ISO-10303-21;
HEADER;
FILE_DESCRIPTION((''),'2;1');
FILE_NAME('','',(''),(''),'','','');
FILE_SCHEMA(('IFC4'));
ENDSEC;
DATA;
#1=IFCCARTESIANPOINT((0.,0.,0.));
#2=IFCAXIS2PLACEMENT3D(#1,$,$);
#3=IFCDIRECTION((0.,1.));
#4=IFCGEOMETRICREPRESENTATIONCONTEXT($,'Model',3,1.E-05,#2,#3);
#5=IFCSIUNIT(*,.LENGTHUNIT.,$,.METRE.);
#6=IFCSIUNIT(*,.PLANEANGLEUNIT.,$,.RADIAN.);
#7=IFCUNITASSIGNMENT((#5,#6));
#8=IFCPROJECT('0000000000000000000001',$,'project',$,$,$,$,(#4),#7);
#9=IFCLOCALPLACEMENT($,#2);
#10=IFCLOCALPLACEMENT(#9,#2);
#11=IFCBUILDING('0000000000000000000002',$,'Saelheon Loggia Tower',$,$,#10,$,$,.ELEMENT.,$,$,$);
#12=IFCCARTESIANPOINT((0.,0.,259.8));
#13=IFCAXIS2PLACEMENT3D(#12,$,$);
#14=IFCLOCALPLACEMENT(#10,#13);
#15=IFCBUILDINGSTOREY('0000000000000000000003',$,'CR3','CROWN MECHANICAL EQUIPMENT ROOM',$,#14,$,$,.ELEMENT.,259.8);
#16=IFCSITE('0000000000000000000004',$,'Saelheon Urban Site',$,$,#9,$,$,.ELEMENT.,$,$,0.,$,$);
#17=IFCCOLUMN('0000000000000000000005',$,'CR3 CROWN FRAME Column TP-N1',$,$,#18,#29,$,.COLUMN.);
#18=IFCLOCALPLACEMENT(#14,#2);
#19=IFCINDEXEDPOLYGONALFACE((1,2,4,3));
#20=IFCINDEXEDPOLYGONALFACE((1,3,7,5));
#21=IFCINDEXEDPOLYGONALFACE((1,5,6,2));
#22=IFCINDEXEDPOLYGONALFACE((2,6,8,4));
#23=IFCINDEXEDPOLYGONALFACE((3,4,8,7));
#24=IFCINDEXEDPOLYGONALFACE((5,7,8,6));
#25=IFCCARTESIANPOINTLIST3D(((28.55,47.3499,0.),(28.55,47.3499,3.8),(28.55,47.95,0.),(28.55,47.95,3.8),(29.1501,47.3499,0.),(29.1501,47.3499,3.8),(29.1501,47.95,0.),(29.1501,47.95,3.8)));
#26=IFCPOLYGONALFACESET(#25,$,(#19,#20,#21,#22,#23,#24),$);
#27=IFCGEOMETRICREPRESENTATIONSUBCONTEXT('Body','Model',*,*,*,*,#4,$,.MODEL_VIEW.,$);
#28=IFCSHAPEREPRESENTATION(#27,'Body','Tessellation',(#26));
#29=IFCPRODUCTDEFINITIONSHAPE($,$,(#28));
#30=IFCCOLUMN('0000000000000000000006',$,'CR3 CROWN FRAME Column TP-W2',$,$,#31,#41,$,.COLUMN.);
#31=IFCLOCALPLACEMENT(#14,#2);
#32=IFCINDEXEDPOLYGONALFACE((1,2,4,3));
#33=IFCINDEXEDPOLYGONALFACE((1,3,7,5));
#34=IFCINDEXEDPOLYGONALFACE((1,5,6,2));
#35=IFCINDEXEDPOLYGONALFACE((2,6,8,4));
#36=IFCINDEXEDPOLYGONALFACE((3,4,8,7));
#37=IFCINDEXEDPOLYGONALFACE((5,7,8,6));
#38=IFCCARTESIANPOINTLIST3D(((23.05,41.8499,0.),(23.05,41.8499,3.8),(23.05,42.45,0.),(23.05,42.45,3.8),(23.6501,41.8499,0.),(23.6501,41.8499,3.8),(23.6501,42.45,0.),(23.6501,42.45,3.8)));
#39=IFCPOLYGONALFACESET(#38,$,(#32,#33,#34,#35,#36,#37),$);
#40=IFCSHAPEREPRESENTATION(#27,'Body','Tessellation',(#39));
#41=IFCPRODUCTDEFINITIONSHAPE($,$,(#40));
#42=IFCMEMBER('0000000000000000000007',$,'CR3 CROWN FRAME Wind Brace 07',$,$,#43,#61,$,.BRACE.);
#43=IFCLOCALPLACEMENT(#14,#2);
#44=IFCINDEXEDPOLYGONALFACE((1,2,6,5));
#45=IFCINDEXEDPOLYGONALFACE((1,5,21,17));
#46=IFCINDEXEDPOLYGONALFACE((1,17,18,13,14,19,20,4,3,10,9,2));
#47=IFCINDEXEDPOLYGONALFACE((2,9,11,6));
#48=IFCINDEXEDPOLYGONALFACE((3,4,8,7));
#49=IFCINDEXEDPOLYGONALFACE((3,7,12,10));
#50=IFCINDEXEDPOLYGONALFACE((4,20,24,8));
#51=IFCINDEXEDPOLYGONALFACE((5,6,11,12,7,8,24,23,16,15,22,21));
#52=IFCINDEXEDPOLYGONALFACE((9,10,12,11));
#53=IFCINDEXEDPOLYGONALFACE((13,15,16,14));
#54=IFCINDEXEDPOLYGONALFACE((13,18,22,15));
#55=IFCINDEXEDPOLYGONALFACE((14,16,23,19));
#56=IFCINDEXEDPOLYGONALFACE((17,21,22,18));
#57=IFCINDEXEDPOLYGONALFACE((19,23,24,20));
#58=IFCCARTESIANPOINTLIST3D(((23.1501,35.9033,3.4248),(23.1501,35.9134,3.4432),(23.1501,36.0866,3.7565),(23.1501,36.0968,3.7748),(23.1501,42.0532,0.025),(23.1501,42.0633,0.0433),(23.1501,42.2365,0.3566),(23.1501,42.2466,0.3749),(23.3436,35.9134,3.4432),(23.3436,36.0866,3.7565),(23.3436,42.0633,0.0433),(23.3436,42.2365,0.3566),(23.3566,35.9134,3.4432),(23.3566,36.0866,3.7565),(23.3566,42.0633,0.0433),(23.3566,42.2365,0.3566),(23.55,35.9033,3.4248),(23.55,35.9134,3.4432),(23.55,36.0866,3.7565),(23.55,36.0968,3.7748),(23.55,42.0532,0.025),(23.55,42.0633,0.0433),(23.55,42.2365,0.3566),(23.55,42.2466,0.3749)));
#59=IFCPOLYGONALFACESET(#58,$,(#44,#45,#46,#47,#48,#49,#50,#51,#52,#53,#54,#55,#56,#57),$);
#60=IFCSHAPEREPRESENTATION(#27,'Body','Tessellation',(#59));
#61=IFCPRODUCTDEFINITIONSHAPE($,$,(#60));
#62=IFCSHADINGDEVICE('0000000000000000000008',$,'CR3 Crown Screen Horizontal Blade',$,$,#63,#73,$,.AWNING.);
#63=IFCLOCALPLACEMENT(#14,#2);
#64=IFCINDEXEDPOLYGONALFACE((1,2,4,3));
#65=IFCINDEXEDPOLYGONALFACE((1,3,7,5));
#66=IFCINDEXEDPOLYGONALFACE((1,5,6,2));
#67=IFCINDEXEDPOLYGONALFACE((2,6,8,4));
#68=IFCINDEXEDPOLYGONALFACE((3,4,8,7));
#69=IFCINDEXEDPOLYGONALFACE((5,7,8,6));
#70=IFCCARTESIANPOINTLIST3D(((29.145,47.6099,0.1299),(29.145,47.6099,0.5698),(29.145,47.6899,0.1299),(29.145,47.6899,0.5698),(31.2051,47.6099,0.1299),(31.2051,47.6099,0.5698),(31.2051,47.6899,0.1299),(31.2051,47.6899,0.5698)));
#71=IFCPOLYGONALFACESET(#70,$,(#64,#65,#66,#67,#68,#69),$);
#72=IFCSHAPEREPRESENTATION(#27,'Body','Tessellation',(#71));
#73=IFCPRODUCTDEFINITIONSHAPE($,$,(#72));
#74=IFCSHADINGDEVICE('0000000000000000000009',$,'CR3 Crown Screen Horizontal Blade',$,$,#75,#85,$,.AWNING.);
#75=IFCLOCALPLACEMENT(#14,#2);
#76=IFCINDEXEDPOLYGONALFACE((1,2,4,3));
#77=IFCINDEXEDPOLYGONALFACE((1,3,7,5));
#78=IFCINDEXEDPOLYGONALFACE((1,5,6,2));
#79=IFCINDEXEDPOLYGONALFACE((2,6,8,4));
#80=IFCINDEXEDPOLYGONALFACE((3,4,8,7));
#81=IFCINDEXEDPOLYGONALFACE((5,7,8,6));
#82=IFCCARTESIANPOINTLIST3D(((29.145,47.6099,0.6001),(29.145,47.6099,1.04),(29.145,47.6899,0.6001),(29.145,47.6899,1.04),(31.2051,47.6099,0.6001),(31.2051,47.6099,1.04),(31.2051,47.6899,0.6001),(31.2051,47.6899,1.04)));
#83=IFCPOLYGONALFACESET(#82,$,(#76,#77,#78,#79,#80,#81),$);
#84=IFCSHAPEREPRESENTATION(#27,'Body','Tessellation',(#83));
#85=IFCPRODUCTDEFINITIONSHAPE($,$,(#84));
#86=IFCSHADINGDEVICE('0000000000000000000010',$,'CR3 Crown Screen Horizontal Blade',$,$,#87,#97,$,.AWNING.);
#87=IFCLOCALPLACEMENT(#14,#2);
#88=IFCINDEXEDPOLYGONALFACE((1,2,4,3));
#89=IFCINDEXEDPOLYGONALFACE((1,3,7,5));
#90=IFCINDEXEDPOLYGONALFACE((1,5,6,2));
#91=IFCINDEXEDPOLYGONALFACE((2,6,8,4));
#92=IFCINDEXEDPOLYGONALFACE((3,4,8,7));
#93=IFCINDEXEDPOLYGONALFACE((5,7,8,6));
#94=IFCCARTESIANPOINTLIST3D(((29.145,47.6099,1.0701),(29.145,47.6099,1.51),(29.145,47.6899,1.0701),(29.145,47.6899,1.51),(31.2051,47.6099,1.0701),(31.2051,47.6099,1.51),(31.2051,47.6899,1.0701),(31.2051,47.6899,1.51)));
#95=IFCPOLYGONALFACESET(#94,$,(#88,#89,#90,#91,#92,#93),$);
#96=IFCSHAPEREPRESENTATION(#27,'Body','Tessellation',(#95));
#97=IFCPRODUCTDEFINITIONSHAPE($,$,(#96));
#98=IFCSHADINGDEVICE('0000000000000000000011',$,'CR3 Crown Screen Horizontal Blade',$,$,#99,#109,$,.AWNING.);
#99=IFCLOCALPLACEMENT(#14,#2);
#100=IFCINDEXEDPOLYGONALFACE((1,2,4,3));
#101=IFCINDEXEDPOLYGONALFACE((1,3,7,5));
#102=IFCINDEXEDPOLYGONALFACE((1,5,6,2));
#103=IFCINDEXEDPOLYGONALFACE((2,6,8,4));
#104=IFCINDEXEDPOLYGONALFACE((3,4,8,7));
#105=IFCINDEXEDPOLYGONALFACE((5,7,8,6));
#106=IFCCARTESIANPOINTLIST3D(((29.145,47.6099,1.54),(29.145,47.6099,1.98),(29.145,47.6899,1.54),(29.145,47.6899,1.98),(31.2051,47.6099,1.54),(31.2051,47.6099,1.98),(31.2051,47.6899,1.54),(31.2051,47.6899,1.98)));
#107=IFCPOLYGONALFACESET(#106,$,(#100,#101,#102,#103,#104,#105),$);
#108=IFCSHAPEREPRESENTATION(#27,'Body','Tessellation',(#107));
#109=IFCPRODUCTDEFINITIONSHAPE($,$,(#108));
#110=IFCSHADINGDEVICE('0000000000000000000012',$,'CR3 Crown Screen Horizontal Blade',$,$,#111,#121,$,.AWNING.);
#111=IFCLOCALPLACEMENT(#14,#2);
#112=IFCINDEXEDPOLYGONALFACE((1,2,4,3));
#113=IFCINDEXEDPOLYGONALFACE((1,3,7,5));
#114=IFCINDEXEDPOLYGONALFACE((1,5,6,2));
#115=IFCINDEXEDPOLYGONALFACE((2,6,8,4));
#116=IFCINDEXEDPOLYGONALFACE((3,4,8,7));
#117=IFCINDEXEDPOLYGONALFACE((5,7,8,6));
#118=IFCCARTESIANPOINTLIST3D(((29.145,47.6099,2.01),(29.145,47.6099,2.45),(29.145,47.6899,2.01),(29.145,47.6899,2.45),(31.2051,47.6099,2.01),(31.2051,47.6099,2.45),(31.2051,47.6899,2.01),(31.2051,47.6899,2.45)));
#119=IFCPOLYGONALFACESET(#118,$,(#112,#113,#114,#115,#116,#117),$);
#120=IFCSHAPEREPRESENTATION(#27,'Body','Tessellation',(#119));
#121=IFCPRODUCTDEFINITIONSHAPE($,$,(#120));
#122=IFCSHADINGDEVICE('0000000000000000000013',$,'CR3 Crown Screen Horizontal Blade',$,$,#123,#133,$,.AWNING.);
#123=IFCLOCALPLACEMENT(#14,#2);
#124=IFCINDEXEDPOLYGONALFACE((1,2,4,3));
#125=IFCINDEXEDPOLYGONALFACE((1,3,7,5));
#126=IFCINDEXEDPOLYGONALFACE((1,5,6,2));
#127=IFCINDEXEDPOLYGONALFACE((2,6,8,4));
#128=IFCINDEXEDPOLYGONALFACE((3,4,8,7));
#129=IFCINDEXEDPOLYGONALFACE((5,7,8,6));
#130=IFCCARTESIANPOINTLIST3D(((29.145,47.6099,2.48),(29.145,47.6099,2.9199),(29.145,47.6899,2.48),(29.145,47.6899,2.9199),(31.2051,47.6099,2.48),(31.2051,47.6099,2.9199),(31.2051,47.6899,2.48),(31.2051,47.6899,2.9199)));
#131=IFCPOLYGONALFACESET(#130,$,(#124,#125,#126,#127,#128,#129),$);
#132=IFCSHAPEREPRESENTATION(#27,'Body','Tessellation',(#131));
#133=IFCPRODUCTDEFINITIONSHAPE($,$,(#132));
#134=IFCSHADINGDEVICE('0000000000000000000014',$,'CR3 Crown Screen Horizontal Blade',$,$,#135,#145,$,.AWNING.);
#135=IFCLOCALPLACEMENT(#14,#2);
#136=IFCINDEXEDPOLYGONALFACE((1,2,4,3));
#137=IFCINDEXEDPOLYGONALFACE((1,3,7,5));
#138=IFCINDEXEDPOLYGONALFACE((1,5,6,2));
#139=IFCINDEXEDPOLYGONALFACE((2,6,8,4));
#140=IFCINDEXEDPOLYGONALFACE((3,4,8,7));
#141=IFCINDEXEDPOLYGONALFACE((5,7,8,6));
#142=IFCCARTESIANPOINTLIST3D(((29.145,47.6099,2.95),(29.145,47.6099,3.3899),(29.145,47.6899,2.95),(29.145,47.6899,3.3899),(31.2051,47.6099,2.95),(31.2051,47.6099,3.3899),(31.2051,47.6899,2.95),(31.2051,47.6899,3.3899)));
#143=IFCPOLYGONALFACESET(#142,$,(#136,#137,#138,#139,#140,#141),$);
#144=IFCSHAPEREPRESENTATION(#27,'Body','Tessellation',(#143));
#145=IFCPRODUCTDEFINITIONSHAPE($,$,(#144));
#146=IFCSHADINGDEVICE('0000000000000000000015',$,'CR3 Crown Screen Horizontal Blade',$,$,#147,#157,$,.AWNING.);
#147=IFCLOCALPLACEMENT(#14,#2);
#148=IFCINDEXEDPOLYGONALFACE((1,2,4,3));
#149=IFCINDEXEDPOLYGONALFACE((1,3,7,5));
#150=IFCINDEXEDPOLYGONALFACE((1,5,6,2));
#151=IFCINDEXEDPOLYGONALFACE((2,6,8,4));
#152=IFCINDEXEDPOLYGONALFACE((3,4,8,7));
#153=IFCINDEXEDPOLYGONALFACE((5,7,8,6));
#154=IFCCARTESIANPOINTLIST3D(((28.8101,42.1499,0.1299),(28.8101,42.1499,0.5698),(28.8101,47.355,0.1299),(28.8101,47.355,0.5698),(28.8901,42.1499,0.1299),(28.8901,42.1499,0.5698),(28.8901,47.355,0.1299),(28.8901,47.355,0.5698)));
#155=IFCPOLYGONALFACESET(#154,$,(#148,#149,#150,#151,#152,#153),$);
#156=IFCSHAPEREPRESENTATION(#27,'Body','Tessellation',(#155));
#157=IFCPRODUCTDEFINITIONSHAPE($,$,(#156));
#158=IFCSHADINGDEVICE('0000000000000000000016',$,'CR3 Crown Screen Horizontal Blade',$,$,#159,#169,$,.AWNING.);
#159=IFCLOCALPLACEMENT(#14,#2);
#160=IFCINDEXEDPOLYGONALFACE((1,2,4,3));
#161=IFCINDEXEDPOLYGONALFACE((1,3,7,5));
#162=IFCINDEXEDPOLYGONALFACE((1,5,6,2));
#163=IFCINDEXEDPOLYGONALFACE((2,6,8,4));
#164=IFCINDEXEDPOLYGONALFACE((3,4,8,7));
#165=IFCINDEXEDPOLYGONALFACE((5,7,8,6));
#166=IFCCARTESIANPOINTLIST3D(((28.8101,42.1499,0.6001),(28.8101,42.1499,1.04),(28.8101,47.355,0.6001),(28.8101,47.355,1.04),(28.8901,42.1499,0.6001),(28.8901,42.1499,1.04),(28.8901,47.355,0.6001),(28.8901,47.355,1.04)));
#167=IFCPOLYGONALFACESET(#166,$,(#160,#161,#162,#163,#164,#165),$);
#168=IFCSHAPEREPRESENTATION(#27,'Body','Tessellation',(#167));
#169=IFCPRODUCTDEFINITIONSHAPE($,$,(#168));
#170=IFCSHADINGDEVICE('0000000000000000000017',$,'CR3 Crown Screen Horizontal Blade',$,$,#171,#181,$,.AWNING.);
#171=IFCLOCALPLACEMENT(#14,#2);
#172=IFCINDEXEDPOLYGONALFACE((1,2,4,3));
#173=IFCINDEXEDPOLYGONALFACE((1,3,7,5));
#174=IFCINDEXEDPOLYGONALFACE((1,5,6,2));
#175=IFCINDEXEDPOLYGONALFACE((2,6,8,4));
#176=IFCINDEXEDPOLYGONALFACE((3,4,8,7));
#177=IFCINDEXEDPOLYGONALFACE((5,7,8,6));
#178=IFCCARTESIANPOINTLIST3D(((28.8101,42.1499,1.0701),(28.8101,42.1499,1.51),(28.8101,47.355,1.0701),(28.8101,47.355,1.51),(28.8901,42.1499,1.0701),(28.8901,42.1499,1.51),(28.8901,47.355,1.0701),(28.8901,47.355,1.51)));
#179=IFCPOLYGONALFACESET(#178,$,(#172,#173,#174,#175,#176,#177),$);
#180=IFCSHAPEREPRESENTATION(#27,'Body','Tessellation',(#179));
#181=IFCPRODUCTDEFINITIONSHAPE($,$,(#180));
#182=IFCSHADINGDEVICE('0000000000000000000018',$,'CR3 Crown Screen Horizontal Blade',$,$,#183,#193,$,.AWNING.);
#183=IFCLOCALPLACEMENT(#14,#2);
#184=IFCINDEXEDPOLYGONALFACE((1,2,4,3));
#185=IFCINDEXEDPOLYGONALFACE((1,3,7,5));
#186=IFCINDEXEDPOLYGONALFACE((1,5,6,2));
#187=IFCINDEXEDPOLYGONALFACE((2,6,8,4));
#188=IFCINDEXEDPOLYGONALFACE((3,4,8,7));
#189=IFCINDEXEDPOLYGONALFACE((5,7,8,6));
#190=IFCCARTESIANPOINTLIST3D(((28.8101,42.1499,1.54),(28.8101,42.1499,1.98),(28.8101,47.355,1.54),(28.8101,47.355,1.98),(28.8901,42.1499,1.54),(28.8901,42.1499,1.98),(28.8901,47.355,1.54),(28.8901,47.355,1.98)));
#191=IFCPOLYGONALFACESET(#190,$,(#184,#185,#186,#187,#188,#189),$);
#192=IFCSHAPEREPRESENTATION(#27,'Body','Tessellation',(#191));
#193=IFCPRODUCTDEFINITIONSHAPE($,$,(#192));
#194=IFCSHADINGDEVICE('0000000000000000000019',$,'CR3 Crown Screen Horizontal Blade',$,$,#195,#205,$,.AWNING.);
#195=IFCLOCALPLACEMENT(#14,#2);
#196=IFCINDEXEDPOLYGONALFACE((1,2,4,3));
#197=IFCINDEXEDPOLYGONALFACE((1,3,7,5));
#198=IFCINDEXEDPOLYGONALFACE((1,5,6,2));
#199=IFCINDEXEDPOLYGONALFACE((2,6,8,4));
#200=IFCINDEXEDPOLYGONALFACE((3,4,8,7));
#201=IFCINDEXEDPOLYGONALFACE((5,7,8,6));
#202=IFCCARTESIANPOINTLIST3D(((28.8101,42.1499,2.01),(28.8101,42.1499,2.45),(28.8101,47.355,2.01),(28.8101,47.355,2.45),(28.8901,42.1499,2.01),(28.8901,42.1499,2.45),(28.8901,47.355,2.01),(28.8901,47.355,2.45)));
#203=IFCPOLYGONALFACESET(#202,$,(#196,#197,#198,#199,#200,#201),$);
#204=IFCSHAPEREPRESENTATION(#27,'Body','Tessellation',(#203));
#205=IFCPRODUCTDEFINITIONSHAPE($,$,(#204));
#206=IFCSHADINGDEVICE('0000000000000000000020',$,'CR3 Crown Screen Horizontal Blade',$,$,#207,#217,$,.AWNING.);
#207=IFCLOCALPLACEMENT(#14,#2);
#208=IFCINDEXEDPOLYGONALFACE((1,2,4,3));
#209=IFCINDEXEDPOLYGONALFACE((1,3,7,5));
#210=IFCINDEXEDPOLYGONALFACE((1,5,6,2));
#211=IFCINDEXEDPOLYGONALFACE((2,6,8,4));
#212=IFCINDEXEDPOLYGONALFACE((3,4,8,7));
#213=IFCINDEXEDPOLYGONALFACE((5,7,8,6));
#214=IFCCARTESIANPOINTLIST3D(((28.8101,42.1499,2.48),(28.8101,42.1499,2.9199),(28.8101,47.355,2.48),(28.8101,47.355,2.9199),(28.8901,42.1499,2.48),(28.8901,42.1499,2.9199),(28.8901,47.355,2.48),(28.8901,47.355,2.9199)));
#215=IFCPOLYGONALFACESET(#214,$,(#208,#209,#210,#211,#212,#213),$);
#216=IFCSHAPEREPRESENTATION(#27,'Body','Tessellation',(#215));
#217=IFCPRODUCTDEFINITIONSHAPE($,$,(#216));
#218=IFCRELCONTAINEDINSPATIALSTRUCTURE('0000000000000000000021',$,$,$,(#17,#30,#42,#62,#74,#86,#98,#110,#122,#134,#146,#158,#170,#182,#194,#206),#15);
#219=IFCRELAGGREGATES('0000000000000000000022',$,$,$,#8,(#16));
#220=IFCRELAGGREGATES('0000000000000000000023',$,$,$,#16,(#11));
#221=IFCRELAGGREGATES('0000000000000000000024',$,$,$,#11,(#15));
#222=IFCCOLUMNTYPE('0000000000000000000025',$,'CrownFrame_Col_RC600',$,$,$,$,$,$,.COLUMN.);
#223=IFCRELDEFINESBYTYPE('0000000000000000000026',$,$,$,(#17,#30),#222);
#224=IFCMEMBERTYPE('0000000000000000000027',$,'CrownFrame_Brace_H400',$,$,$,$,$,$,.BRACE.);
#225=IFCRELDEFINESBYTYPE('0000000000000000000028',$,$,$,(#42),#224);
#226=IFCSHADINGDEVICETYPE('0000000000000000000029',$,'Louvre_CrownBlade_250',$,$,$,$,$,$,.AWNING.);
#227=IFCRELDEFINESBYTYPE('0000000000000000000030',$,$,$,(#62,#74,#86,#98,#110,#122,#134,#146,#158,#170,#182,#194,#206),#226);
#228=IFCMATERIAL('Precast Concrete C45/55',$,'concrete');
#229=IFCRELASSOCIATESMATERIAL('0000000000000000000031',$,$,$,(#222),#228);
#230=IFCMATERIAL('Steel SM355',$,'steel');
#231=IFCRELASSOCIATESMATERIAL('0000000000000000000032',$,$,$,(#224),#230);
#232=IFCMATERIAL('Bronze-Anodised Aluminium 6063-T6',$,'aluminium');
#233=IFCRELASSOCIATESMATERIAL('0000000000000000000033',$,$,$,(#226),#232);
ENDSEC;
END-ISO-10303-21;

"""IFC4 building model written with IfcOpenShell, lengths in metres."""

from ifc_helpers import new_model, si_unit, direction, frame, origin, origin_2d, place, context, subcontext, project, spatial, rectangle, i_section, extrude, source, transform, mapped, material, material_profile, profile_set, type_object, element, save


model = new_model("IFC4")

# Units and contexts
model_context = context("Model", 3, precision=1e-05, world=origin(), true_north=direction((0.0, 1.0)))
body_context = subcontext(model_context, "Body", "Model", "MODEL_VIEW")
ifc_project = project(units=[si_unit("LENGTHUNIT", "METRE"), si_unit("PLANEANGLEUNIT", "RADIAN")], contexts=[model_context])

# Site, building, storey
site_placement = place(None, origin())
site = spatial("IfcSite", under=ifc_project, at=site_placement, Name="Saelheon Urban Site", CompositionType="ELEMENT", RefElevation=0.0)
building_placement = place(site_placement, origin())
building = spatial("IfcBuilding", under=site, at=building_placement, Name="Saelheon Loggia Tower", CompositionType="ELEMENT")
storey_placement = place(building_placement, frame((0.0, 0.0, 259.8)))
storey = spatial("IfcBuildingStorey", under=building, at=storey_placement, Name="CR3", Description="CROWN MECHANICAL EQUIPMENT ROOM", CompositionType="ELEMENT", Elevation=259.8)

# Columns
ifc_material_1 = material(Name="Precast Concrete C45/55", Category="concrete")
ifc_material_profile_1 = material_profile(ifc_material_1, rectangle(XDim=0.6001, YDim=0.6001, at=origin_2d()), Name="RC-600x600")
ifc_profile_set_1 = profile_set([ifc_material_profile_1], Name="Precast Concrete C45/55")
column_type = type_object("IfcColumnType", Name="CrownFrame_Col_RC600", PredefinedType="COLUMN", material=ifc_profile_set_1)
shared_shape_1 = source(origin(), body_context, "Body", "SweptSolid", [
    extrude(rectangle(XDim=0.6001, YDim=0.6001, at=origin_2d()), origin(), (0.0, 0.0, 1.0), 3.8),
])
for number, where, z_axis, x_axis, name in (
    (1, (28.8501, 47.6499, 0.0), (0.0, 0.0, 1.0), (1.0, 0.0, 0.0), "CR3 CROWN FRAME Column TP-N1"),
    (2, (23.3501, 42.1499, 0.0), (0.0, 0.0, 1.0), (1.0, 0.0, 0.0), "CR3 CROWN FRAME Column TP-W2"),
):
    element("IfcColumn", number, at=place(storey_placement, frame(where, z_axis=z_axis, x_axis=x_axis)), inside=storey, type_object=column_type, Name=name, PredefinedType="COLUMN", context=body_context, shape_type="MappedRepresentation", body=[
        mapped(shared_shape_1, transform((0.0, 0.0, 0.0), scale=1.0)),
    ])

# Member
ifc_material_2 = material(Name="Steel SM355", Category="steel")
ifc_material_profile_2 = material_profile(ifc_material_2, i_section(OverallWidth=0.3999, OverallDepth=0.3999, WebThickness=0.0129, FlangeThickness=0.021, at=origin_2d()), Name="H-400x400x13x21")
ifc_profile_set_2 = profile_set([ifc_material_profile_2], Name="Steel SM355")
member_type = type_object("IfcMemberType", Name="CrownFrame_Brace_H400", PredefinedType="BRACE", material=ifc_profile_set_2)
shared_shape_2 = source(origin(), body_context, "Body", "SweptSolid", [
    extrude(i_section(OverallWidth=0.3999, OverallDepth=0.3999, WebThickness=0.0129, FlangeThickness=0.021, at=origin_2d()), origin(), (0.0, 0.0, 1.0), 7.0271),
])
member_placement = place(storey_placement, frame((23.3501, 42.1499, 0.2), z_axis=(0.0, -0.875165, 0.483825), x_axis=(1.0, 0.0, 0.0)))
element("IfcMember", 3, at=member_placement, inside=storey, type_object=member_type, Name="CR3 CROWN FRAME Wind Brace 07", PredefinedType="BRACE", context=body_context, shape_type="MappedRepresentation", body=[
    mapped(shared_shape_2, transform((0.0, 0.0, 0.0), scale=1.0)),
])

# Shading devices
ifc_material_3 = material(Name="Bronze-Anodised Aluminium 6063-T6", Category="aluminium")
ifc_material_profile_3 = material_profile(ifc_material_3, rectangle(XDim=0.0801, YDim=0.4399, at=origin_2d()), Name="Louvre_CrownBlade_250")
ifc_profile_set_3 = profile_set([ifc_material_profile_3], Name="Bronze-Anodised Aluminium 6063-T6")
shading_device_type = type_object("IfcShadingDeviceType", Name="Louvre_CrownBlade_250", PredefinedType="AWNING", material=ifc_profile_set_3)
shared_shape_3 = source(origin(), body_context, "Body", "SweptSolid", [
    extrude(rectangle(XDim=0.0801, YDim=0.4399, at=origin_2d()), origin(), (0.0, 0.0, 1.0), 2.0601),
])
for number, where, z_axis, x_axis, name in (
    (4, (31.2051, 47.6499, 0.3499), (-1.0, 0.0, 0.0), (0.0, -1.0, 0.0), "CR3 Crown Screen Horizontal Blade"),
    (5, (31.2051, 47.6499, 0.8201), (-1.0, 0.0, 0.0), (0.0, -1.0, 0.0), "CR3 Crown Screen Horizontal Blade"),
    (6, (31.2051, 47.6499, 1.29), (-1.0, 0.0, 0.0), (0.0, -1.0, 0.0), "CR3 Crown Screen Horizontal Blade"),
    (7, (31.2051, 47.6499, 1.76), (-1.0, 0.0, 0.0), (0.0, -1.0, 0.0), "CR3 Crown Screen Horizontal Blade"),
    (8, (31.2051, 47.6499, 2.23), (-1.0, 0.0, 0.0), (0.0, -1.0, 0.0), "CR3 Crown Screen Horizontal Blade"),
    (9, (31.2051, 47.6499, 2.7), (-1.0, 0.0, 0.0), (0.0, -1.0, 0.0), "CR3 Crown Screen Horizontal Blade"),
    (10, (31.2051, 47.6499, 3.1699), (-1.0, 0.0, 0.0), (0.0, -1.0, 0.0), "CR3 Crown Screen Horizontal Blade"),
):
    element("IfcShadingDevice", number, at=place(storey_placement, frame(where, z_axis=z_axis, x_axis=x_axis)), inside=storey, type_object=shading_device_type, Name=name, PredefinedType="AWNING", context=body_context, shape_type="MappedRepresentation", body=[
        mapped(shared_shape_3, transform((0.0, 0.0, 0.0), scale=1.0)),
    ])
shared_shape_4 = source(origin(), body_context, "Body", "SweptSolid", [
    extrude(rectangle(XDim=0.0801, YDim=0.4399, at=origin_2d()), origin(), (0.0, 0.0, 1.0), 5.2051),
])
for number, where, z_axis, x_axis, name in (
    (11, (28.8501, 47.355, 0.3499), (0.0, -1.0, 0.0), (1.0, 0.0, 0.0), "CR3 Crown Screen Horizontal Blade"),
    (12, (28.8501, 47.355, 0.8201), (0.0, -1.0, 0.0), (1.0, 0.0, 0.0), "CR3 Crown Screen Horizontal Blade"),
    (13, (28.8501, 47.355, 1.29), (0.0, -1.0, 0.0), (1.0, 0.0, 0.0), "CR3 Crown Screen Horizontal Blade"),
    (14, (28.8501, 47.355, 1.76), (0.0, -1.0, 0.0), (1.0, 0.0, 0.0), "CR3 Crown Screen Horizontal Blade"),
    (15, (28.8501, 47.355, 2.23), (0.0, -1.0, 0.0), (1.0, 0.0, 0.0), "CR3 Crown Screen Horizontal Blade"),
    (16, (28.8501, 47.355, 2.7), (0.0, -1.0, 0.0), (1.0, 0.0, 0.0), "CR3 Crown Screen Horizontal Blade"),
):
    element("IfcShadingDevice", number, at=place(storey_placement, frame(where, z_axis=z_axis, x_axis=x_axis)), inside=storey, type_object=shading_device_type, Name=name, PredefinedType="AWNING", context=body_context, shape_type="MappedRepresentation", body=[
        mapped(shared_shape_4, transform((0.0, 0.0, 0.0), scale=1.0)),
    ])

save(model, "model.ifc")
